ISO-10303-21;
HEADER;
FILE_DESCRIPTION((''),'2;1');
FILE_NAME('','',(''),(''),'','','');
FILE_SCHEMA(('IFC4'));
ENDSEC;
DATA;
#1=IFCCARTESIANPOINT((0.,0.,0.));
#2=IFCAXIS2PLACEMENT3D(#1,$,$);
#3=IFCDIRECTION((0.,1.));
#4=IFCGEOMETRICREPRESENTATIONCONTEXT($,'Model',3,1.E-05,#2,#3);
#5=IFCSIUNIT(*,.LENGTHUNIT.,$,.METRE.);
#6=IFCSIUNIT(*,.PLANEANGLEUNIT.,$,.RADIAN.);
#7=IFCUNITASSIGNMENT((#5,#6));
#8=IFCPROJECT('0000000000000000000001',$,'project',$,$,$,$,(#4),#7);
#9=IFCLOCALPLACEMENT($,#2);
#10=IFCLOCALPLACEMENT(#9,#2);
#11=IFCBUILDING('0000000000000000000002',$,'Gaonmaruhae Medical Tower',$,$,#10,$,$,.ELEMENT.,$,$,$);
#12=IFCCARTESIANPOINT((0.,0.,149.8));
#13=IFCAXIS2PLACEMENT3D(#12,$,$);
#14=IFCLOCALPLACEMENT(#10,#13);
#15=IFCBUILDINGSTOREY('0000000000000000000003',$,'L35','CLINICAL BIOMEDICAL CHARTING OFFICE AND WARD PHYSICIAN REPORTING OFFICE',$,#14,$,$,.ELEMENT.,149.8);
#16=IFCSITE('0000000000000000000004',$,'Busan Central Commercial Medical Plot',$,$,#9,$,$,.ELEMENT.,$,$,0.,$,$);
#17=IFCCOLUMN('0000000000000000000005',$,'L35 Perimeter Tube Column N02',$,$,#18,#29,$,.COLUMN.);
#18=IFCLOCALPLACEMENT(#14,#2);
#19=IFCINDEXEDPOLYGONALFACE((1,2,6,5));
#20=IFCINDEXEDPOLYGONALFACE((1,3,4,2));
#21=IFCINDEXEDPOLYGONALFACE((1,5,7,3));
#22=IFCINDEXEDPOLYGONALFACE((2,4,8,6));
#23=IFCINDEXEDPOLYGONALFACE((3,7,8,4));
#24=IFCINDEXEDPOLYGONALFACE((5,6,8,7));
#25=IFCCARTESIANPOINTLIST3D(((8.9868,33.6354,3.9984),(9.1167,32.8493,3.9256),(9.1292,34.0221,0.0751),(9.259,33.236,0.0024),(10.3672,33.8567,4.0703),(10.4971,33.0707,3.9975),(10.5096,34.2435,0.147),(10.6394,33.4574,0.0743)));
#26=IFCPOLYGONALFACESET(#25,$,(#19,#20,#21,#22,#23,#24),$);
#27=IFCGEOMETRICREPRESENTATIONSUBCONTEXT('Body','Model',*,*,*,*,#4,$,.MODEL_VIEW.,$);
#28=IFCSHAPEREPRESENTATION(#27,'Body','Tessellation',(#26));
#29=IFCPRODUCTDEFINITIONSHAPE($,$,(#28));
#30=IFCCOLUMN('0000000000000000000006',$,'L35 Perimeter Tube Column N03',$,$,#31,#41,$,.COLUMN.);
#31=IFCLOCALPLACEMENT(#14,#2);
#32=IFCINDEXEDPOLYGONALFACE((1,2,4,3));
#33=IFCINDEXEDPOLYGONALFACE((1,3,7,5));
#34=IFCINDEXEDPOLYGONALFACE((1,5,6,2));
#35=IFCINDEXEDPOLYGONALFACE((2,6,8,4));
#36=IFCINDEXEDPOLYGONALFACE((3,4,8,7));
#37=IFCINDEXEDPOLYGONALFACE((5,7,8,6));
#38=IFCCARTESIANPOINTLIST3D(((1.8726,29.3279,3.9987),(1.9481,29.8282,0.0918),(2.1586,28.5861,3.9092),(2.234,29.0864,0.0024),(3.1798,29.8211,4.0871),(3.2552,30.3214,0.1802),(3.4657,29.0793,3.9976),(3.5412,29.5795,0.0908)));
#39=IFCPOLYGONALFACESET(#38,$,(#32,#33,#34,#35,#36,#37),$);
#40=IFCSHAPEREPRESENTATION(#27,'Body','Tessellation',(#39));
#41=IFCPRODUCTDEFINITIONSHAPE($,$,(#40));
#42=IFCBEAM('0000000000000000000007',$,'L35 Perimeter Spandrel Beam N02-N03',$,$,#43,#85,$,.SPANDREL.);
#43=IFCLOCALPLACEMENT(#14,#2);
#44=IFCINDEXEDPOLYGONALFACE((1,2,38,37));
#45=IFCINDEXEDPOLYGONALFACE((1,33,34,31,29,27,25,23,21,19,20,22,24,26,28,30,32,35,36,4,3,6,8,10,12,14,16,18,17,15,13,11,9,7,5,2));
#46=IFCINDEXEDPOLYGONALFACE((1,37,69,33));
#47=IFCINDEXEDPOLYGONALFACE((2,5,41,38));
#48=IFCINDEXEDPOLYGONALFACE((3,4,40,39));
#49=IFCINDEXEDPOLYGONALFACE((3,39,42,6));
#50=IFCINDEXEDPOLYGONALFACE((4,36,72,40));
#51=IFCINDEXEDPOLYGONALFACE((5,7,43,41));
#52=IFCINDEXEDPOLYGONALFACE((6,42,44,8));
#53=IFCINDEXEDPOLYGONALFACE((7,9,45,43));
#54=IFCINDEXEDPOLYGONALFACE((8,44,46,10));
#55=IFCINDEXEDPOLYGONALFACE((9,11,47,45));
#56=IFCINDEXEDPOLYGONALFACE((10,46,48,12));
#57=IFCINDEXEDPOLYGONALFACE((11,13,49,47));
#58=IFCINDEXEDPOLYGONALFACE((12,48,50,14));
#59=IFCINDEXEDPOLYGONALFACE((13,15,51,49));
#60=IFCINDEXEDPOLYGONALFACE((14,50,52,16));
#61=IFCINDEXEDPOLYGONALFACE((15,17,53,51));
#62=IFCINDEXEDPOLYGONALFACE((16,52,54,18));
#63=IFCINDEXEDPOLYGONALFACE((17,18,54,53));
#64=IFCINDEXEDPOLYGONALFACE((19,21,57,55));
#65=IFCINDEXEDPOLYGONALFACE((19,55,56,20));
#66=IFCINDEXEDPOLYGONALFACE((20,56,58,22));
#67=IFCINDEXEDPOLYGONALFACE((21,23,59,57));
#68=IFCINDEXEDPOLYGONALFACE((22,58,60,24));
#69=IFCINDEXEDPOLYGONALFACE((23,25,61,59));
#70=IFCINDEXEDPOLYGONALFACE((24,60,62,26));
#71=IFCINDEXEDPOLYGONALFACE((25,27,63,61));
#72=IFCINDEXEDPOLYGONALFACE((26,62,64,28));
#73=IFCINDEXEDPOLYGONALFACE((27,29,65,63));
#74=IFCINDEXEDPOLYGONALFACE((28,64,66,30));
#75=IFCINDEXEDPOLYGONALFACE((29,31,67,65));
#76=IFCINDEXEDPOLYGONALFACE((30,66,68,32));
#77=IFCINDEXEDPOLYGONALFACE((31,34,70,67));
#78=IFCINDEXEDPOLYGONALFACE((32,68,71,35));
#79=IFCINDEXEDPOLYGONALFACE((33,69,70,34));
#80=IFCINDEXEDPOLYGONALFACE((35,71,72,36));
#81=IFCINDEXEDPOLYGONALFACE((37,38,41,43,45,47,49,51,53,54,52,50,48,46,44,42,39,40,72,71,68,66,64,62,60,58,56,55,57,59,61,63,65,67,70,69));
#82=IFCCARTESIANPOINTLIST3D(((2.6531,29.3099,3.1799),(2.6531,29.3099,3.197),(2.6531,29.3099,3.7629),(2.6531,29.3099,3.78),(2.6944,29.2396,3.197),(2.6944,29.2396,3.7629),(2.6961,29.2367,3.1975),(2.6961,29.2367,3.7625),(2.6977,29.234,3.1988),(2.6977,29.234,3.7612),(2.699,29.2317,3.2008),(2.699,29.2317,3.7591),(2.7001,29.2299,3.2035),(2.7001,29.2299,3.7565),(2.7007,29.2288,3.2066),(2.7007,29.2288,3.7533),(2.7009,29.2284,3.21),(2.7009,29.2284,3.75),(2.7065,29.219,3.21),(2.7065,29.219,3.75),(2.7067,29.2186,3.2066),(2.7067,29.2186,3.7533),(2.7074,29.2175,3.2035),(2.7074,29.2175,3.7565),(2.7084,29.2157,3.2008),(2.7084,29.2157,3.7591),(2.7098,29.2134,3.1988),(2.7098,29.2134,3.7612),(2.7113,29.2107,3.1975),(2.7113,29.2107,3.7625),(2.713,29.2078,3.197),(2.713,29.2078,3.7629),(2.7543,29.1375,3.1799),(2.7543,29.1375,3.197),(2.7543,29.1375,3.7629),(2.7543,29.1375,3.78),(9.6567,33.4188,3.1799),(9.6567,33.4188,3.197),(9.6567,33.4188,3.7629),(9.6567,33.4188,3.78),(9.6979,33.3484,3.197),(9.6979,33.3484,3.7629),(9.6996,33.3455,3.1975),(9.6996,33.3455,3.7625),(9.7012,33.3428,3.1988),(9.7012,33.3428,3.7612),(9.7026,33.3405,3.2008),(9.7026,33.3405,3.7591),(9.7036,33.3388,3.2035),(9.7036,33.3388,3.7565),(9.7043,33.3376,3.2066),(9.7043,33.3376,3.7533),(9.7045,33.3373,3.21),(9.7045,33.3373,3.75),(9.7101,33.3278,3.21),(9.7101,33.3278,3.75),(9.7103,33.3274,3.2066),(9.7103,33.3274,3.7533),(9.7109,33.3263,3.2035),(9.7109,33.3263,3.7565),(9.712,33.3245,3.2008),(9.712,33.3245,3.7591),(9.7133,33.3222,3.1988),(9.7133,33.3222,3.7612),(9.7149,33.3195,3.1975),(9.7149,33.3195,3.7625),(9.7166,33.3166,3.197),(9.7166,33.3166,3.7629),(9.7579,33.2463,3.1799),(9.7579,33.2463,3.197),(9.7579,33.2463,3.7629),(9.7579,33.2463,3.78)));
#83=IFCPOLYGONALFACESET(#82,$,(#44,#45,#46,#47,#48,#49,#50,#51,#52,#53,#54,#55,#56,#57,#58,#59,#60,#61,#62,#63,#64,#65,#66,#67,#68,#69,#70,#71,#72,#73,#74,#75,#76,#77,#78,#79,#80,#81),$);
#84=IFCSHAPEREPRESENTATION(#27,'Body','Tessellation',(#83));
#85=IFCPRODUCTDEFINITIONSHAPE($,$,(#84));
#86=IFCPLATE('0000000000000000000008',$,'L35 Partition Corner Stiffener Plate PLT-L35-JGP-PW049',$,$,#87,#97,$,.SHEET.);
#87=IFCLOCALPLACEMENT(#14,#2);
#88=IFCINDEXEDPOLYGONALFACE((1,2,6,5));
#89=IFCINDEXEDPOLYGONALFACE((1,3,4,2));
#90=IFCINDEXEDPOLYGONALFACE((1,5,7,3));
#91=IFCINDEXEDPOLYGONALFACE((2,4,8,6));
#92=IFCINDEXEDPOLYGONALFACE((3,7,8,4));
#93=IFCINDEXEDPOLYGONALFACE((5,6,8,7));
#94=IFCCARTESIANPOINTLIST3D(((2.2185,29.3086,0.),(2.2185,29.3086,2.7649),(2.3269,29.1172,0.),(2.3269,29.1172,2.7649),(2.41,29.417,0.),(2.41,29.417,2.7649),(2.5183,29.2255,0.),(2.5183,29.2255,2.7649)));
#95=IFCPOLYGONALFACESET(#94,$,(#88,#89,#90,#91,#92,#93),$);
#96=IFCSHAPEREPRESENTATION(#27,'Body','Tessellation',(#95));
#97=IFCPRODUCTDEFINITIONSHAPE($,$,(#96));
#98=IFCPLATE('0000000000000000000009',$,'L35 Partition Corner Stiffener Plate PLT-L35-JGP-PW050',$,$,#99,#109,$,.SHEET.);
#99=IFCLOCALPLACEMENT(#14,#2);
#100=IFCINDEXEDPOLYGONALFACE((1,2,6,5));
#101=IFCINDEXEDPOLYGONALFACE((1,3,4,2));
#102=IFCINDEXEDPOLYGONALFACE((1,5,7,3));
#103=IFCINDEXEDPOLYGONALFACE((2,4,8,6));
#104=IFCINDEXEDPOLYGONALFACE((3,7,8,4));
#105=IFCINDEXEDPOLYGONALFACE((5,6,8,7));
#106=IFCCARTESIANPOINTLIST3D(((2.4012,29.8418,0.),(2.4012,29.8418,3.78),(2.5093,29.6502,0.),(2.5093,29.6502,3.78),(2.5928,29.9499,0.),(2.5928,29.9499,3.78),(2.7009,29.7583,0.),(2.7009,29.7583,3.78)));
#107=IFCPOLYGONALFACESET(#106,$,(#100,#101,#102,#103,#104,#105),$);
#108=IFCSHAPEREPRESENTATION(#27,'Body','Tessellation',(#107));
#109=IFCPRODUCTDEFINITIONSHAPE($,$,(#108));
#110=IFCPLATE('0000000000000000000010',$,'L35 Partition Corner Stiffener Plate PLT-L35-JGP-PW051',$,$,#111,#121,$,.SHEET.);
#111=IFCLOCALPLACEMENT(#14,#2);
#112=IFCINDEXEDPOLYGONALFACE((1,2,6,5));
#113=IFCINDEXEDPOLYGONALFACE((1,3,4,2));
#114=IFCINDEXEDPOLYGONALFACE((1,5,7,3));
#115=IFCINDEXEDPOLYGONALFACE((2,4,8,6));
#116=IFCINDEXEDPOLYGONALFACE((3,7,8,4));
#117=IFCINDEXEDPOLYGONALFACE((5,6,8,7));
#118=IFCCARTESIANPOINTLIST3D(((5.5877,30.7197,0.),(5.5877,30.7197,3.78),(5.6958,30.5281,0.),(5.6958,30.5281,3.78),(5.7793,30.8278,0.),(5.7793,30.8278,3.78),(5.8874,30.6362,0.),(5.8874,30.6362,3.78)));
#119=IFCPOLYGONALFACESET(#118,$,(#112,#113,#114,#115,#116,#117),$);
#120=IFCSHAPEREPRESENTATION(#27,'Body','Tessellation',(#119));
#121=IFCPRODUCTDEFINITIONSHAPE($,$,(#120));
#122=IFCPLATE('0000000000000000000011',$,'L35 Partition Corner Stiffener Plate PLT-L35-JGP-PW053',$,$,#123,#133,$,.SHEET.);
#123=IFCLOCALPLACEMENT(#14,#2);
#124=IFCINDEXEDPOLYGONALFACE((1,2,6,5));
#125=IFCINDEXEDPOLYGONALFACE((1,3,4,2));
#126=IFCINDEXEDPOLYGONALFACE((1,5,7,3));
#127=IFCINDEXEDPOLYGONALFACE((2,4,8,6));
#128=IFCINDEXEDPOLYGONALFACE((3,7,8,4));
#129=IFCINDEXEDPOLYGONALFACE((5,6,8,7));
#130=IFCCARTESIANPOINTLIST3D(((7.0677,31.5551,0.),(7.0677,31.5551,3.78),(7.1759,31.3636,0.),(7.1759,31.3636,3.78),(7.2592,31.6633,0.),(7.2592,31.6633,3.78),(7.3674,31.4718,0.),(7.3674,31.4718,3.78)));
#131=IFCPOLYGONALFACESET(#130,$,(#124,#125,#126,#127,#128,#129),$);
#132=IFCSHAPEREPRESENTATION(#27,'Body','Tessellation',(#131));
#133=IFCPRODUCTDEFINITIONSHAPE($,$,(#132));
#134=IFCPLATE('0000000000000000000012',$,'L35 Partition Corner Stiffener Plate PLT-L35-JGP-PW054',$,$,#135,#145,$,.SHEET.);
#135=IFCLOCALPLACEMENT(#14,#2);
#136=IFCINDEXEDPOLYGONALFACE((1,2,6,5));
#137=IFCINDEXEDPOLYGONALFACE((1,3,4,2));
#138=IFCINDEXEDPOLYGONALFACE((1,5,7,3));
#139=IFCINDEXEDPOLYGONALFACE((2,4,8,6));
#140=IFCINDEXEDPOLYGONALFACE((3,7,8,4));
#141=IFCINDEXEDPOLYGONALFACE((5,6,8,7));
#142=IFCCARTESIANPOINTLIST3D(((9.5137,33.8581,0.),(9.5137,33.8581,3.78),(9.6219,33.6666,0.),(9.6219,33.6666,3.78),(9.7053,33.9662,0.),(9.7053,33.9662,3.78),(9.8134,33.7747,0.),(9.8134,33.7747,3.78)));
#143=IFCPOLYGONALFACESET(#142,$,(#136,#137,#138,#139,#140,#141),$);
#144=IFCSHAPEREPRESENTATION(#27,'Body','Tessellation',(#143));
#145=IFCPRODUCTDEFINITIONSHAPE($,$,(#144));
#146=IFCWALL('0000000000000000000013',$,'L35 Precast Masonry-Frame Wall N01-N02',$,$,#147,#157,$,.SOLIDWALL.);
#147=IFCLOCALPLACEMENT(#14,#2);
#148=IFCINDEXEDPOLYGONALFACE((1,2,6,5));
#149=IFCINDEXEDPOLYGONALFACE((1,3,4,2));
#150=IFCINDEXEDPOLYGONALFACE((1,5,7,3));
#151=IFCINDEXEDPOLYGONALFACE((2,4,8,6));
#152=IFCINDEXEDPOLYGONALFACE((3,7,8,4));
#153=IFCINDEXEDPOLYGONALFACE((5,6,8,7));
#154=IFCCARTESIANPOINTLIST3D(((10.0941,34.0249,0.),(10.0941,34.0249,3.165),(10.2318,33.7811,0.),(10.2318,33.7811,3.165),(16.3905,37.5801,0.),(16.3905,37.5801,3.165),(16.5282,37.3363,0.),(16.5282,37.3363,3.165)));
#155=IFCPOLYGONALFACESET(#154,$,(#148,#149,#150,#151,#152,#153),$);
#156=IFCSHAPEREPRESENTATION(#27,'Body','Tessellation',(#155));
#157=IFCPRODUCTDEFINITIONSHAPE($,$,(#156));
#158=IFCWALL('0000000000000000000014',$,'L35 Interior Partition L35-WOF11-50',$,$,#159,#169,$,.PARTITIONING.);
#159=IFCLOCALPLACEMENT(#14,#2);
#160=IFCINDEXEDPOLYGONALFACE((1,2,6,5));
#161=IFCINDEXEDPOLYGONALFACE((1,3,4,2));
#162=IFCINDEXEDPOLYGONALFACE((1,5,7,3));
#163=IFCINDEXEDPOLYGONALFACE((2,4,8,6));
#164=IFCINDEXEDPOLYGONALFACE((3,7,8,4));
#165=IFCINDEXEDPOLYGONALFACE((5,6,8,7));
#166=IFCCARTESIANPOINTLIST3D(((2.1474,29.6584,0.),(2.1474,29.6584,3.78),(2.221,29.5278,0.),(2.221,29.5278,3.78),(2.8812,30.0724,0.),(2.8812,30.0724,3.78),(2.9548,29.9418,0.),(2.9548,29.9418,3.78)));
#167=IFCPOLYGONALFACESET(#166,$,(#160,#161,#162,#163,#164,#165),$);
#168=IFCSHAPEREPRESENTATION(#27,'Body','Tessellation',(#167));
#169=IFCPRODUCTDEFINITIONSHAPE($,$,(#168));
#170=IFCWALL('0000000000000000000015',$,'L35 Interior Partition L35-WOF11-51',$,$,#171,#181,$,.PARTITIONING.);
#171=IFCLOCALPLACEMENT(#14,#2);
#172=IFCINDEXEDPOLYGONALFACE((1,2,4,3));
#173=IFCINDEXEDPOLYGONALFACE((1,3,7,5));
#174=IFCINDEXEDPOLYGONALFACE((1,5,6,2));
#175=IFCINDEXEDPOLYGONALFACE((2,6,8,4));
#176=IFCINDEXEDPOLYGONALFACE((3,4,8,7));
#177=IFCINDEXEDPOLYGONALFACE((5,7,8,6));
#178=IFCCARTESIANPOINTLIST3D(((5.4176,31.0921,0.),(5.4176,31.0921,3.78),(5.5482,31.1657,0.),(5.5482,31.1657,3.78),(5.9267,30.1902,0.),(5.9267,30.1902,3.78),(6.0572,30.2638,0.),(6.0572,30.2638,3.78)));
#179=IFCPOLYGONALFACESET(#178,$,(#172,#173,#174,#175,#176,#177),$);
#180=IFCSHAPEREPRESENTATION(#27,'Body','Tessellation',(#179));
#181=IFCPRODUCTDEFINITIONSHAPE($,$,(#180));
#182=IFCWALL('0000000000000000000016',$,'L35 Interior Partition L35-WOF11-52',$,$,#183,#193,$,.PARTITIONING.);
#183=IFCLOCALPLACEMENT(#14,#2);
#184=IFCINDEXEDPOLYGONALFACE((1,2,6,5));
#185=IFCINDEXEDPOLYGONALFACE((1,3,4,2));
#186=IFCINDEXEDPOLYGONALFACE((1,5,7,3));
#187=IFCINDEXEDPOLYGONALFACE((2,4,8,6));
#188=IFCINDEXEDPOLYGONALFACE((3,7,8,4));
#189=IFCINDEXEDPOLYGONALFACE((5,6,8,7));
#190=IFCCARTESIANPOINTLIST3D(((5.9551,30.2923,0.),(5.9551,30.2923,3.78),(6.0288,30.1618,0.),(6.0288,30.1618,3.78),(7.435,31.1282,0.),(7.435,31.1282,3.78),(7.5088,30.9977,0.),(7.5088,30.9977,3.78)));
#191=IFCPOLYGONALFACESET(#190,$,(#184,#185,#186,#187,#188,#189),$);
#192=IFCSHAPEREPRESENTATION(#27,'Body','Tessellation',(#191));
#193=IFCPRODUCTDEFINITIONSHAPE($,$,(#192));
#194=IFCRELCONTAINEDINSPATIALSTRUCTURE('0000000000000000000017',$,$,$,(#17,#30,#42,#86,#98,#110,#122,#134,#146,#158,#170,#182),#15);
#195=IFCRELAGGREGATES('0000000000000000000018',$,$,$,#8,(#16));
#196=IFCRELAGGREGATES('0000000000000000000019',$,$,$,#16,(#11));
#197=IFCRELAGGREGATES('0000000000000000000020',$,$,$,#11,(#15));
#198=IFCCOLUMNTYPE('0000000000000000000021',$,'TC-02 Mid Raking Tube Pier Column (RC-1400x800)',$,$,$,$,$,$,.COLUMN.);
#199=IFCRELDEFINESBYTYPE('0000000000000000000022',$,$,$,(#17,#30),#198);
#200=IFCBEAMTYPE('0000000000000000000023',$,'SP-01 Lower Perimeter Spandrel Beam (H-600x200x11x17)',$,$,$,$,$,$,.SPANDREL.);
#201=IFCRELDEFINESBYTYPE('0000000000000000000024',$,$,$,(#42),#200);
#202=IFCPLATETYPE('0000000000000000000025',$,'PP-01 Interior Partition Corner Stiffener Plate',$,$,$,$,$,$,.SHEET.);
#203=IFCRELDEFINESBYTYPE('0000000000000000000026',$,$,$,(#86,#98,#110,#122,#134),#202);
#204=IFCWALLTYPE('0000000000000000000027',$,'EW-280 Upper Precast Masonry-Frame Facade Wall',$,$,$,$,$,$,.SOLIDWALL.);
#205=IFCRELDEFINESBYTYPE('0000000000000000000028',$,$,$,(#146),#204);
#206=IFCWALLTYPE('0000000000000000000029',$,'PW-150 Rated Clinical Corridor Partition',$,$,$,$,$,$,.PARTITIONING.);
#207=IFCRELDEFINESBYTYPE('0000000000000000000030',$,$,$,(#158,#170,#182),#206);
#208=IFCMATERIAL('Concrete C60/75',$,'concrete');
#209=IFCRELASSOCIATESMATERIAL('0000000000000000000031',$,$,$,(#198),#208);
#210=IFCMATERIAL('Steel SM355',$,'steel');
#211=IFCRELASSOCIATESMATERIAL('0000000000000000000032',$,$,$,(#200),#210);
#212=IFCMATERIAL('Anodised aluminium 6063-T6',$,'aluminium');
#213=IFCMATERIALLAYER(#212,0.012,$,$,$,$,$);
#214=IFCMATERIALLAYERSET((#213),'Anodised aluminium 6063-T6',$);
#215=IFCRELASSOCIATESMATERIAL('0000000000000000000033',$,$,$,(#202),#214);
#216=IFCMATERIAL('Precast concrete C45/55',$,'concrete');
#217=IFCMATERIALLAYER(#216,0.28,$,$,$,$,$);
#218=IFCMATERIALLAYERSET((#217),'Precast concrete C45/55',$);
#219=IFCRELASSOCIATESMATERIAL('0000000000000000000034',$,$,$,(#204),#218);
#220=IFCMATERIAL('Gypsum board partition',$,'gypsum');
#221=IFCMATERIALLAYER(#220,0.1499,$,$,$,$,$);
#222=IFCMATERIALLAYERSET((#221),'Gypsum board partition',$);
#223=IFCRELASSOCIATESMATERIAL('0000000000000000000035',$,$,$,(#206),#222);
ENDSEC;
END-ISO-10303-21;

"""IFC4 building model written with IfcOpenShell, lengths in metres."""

from ifc_helpers import new_model, si_unit, direction, frame, frame_2d, origin, origin_2d, place, context, subcontext, project, spatial, rectangle, i_section, extrude, material, layer, layer_set, material_profile, profile_set, type_object, element, save


model = new_model("IFC4")

# Units and contexts
model_context = context("Model", 3, precision=1e-05, world=origin(), true_north=direction((0.0, 1.0)))
body_context = subcontext(model_context, "Body", "Model", "MODEL_VIEW")
ifc_project = project(units=[si_unit("LENGTHUNIT", "METRE"), si_unit("PLANEANGLEUNIT", "RADIAN")], contexts=[model_context])

# Site, building, storey
site_placement = place(None, origin())
site = spatial("IfcSite", under=ifc_project, at=site_placement, Name="Busan Central Commercial Medical Plot", CompositionType="ELEMENT", RefElevation=0.0)
building_placement = place(site_placement, origin())
building = spatial("IfcBuilding", under=site, at=building_placement, Name="Gaonmaruhae Medical Tower", CompositionType="ELEMENT")
storey_placement = place(building_placement, frame((0.0, 0.0, 149.8)))
storey = spatial("IfcBuildingStorey", under=building, at=storey_placement, Name="L35", Description="CLINICAL BIOMEDICAL CHARTING OFFICE AND WARD PHYSICIAN REPORTING OFFICE", CompositionType="ELEMENT", Elevation=149.8)

# Columns
ifc_material_1 = material(Name="Concrete C60/75", Category="concrete")
ifc_material_profile_1 = material_profile(ifc_material_1, rectangle(XDim=1.3999, YDim=0.8, at=origin_2d()), Name="RC-1400x800")
ifc_profile_set_1 = profile_set([ifc_material_profile_1], Name="Concrete C60/75")
column_type = type_object("IfcColumnType", Name="TC-02 Mid Raking Tube Pier Column (RC-1400x800)", PredefinedType="COLUMN", material=ifc_profile_set_1)
column_1_placement = place(storey_placement, frame((9.8843, 33.7397, 0.0747), z_axis=(-0.03608, -0.09803, 0.994529), x_axis=(0.986085, 0.158108, 0.051358)))
element("IfcColumn", 1, at=column_1_placement, inside=storey, type_object=column_type, Name="L35 Perimeter Tube Column N02", PredefinedType="COLUMN", context=body_context, shape_type="SweptSolid", body=[
    extrude(rectangle(XDim=1.3999, YDim=0.8, at=origin_2d()), origin(), (0.0, 0.0, 1.0), 3.9448),
])
column_2_placement = place(storey_placement, frame((2.7446, 29.7039, 0.0913), z_axis=(-0.01915, -0.126986, 0.99172), x_axis=(0.933758, 0.35229, 0.06314)))
element("IfcColumn", 2, at=column_2_placement, inside=storey, type_object=column_type, Name="L35 Perimeter Tube Column N03", PredefinedType="COLUMN", context=body_context, shape_type="SweptSolid", body=[
    extrude(rectangle(XDim=1.3999, YDim=0.8, at=origin_2d()), origin(), (0.0, 0.0, 1.0), 3.9395),
])

# Beam
ifc_material_2 = material(Name="Steel SM355", Category="steel")
ifc_material_profile_2 = material_profile(ifc_material_2, i_section(OverallWidth=0.2, OverallDepth=0.6001, WebThickness=0.011, FlangeThickness=0.0171, FilletRadius=0.0129, at=origin_2d()), Name="H-600x200x11x17")
ifc_profile_set_2 = profile_set([ifc_material_profile_2], Name="Steel SM355")
beam_type = type_object("IfcBeamType", Name="SP-01 Lower Perimeter Spandrel Beam (H-600x200x11x17)", PredefinedType="SPANDREL", material=ifc_profile_set_2)
beam_placement = place(storey_placement, frame((9.7073, 33.3325, 3.48), z_axis=(-0.862521, -0.506021, 0.0), x_axis=(0.506021, -0.862521, 0.0)))
element("IfcBeam", 3, at=beam_placement, inside=storey, type_object=beam_type, Name="L35 Perimeter Spandrel Beam N02-N03", PredefinedType="SPANDREL", context=body_context, shape_type="SweptSolid", body=[
    extrude(i_section(OverallWidth=0.2, OverallDepth=0.6001, WebThickness=0.011, FlangeThickness=0.0171, FilletRadius=0.0129, at=origin_2d()), origin(), (0.0, 0.0, 1.0), 8.1199),
])

# Plates
ifc_material_3 = material(Name="Anodised aluminium 6063-T6", Category="aluminium")
ifc_layer_1 = layer(ifc_material_3, 0.012)
ifc_layer_set_1 = layer_set([ifc_layer_1], Name="Anodised aluminium 6063-T6")
plate_type = type_object("IfcPlateType", Name="PP-01 Interior Partition Corner Stiffener Plate", PredefinedType="SHEET", material=ifc_layer_set_1)
plate_placement = place(storey_placement, frame((2.3684, 29.2671, 0.0), z_axis=(0.0, 0.0, 1.0), x_axis=(-0.492545, 0.870287, 0.0)))
element("IfcPlate", 4, at=plate_placement, inside=storey, type_object=plate_type, Name="L35 Partition Corner Stiffener Plate PLT-L35-JGP-PW049", PredefinedType="SHEET", context=body_context, shape_type="SweptSolid", body=[
    extrude(rectangle(XDim=0.22, YDim=0.22, at=origin_2d()), origin(), (0.0, 0.0, 1.0), 2.7649),
])
for number, where, z_axis, x_axis, name in (
    (5, (2.551, 29.8, 0.0), (0.0, 0.0, 1.0), (0.871008, 0.491269, 0.0), "L35 Partition Corner Stiffener Plate PLT-L35-JGP-PW050"),
    (6, (5.7375, 30.678, 0.0), (0.0, 0.0, 1.0), (0.491451, -0.870905, 0.0), "L35 Partition Corner Stiffener Plate PLT-L35-JGP-PW051"),
    (7, (7.2175, 31.5134, 0.0), (0.0, 0.0, 1.0), (-0.491861, 0.870674, 0.0), "L35 Partition Corner Stiffener Plate PLT-L35-JGP-PW053"),
    (8, (9.6636, 33.8164, 0.0), (0.0, 0.0, 1.0), (0.870871, 0.491512, 0.0), "L35 Partition Corner Stiffener Plate PLT-L35-JGP-PW054"),
):
    element("IfcPlate", number, at=place(storey_placement, frame(where, z_axis=z_axis, x_axis=x_axis)), inside=storey, type_object=plate_type, Name=name, PredefinedType="SHEET", context=body_context, shape_type="SweptSolid", body=[
        extrude(rectangle(XDim=0.22, YDim=0.22, at=origin_2d()), origin(), (0.0, 0.0, 1.0), 3.78),
    ])

# Wall
ifc_material_4 = material(Name="Precast concrete C45/55", Category="concrete")
ifc_layer_2 = layer(ifc_material_4, 0.28)
ifc_layer_set_2 = layer_set([ifc_layer_2], Name="Precast concrete C45/55")
wall_type_1 = type_object("IfcWallType", Name="EW-280 Upper Precast Masonry-Frame Facade Wall", PredefinedType="SOLIDWALL", material=ifc_layer_set_2)
wall_1_placement = place(storey_placement, frame((10.1631, 33.9031, 0.0), z_axis=(0.0, 0.0, 1.0), x_axis=(0.870779, 0.491674, 0.0)))
element("IfcWall", 9, at=wall_1_placement, inside=storey, type_object=wall_type_1, Name="L35 Precast Masonry-Frame Wall N01-N02", PredefinedType="SOLIDWALL", context=body_context, shape_type="SweptSolid", body=[
    extrude(rectangle(XDim=7.2307, YDim=0.28, at=frame_2d((3.6152, 0.0))), origin(), (0.0, 0.0, 1.0), 3.165),
])

# Walls
ifc_material_5 = material(Name="Gypsum board partition", Category="gypsum")
ifc_layer_3 = layer(ifc_material_5, 0.1499)
ifc_layer_set_3 = layer_set([ifc_layer_3], Name="Gypsum board partition")
wall_type_2 = type_object("IfcWallType", Name="PW-150 Rated Clinical Corridor Partition", PredefinedType="PARTITIONING", material=ifc_layer_set_3)
wall_2_placement = place(storey_placement, frame((2.1841, 29.593, 0.0), z_axis=(0.0, 0.0, 1.0), x_axis=(0.87094, 0.491389, 0.0)))
element("IfcWall", 10, at=wall_2_placement, inside=storey, type_object=wall_type_2, Name="L35 Interior Partition L35-WOF11-50", PredefinedType="PARTITIONING", context=body_context, shape_type="SweptSolid", body=[
    extrude(rectangle(XDim=0.8425, YDim=0.1499, at=frame_2d((0.4214, 0.0))), origin(), (0.0, 0.0, 1.0), 3.78),
])
wall_3_placement = place(storey_placement, frame((5.4829, 31.1289, 0.0), z_axis=(0.0, 0.0, 1.0), x_axis=(0.491537, -0.870857, 0.0)))
element("IfcWall", 11, at=wall_3_placement, inside=storey, type_object=wall_type_2, Name="L35 Interior Partition L35-WOF11-51", PredefinedType="PARTITIONING", context=body_context, shape_type="SweptSolid", body=[
    extrude(rectangle(XDim=1.0356, YDim=0.1499, at=frame_2d((0.5178, 0.0))), origin(), (0.0, 0.0, 1.0), 3.78),
])
wall_4_placement = place(storey_placement, frame((5.9919, 30.2271, 0.0), z_axis=(0.0, 0.0, 1.0), x_axis=(0.870707, 0.491802, 0.0)))
element("IfcWall", 12, at=wall_4_placement, inside=storey, type_object=wall_type_2, Name="L35 Interior Partition L35-WOF11-52", PredefinedType="PARTITIONING", context=body_context, shape_type="SweptSolid", body=[
    extrude(rectangle(XDim=1.6997, YDim=0.1499, at=frame_2d((0.8499, 0.0))), origin(), (0.0, 0.0, 1.0), 3.78),
])

save(model, "model.ifc")
